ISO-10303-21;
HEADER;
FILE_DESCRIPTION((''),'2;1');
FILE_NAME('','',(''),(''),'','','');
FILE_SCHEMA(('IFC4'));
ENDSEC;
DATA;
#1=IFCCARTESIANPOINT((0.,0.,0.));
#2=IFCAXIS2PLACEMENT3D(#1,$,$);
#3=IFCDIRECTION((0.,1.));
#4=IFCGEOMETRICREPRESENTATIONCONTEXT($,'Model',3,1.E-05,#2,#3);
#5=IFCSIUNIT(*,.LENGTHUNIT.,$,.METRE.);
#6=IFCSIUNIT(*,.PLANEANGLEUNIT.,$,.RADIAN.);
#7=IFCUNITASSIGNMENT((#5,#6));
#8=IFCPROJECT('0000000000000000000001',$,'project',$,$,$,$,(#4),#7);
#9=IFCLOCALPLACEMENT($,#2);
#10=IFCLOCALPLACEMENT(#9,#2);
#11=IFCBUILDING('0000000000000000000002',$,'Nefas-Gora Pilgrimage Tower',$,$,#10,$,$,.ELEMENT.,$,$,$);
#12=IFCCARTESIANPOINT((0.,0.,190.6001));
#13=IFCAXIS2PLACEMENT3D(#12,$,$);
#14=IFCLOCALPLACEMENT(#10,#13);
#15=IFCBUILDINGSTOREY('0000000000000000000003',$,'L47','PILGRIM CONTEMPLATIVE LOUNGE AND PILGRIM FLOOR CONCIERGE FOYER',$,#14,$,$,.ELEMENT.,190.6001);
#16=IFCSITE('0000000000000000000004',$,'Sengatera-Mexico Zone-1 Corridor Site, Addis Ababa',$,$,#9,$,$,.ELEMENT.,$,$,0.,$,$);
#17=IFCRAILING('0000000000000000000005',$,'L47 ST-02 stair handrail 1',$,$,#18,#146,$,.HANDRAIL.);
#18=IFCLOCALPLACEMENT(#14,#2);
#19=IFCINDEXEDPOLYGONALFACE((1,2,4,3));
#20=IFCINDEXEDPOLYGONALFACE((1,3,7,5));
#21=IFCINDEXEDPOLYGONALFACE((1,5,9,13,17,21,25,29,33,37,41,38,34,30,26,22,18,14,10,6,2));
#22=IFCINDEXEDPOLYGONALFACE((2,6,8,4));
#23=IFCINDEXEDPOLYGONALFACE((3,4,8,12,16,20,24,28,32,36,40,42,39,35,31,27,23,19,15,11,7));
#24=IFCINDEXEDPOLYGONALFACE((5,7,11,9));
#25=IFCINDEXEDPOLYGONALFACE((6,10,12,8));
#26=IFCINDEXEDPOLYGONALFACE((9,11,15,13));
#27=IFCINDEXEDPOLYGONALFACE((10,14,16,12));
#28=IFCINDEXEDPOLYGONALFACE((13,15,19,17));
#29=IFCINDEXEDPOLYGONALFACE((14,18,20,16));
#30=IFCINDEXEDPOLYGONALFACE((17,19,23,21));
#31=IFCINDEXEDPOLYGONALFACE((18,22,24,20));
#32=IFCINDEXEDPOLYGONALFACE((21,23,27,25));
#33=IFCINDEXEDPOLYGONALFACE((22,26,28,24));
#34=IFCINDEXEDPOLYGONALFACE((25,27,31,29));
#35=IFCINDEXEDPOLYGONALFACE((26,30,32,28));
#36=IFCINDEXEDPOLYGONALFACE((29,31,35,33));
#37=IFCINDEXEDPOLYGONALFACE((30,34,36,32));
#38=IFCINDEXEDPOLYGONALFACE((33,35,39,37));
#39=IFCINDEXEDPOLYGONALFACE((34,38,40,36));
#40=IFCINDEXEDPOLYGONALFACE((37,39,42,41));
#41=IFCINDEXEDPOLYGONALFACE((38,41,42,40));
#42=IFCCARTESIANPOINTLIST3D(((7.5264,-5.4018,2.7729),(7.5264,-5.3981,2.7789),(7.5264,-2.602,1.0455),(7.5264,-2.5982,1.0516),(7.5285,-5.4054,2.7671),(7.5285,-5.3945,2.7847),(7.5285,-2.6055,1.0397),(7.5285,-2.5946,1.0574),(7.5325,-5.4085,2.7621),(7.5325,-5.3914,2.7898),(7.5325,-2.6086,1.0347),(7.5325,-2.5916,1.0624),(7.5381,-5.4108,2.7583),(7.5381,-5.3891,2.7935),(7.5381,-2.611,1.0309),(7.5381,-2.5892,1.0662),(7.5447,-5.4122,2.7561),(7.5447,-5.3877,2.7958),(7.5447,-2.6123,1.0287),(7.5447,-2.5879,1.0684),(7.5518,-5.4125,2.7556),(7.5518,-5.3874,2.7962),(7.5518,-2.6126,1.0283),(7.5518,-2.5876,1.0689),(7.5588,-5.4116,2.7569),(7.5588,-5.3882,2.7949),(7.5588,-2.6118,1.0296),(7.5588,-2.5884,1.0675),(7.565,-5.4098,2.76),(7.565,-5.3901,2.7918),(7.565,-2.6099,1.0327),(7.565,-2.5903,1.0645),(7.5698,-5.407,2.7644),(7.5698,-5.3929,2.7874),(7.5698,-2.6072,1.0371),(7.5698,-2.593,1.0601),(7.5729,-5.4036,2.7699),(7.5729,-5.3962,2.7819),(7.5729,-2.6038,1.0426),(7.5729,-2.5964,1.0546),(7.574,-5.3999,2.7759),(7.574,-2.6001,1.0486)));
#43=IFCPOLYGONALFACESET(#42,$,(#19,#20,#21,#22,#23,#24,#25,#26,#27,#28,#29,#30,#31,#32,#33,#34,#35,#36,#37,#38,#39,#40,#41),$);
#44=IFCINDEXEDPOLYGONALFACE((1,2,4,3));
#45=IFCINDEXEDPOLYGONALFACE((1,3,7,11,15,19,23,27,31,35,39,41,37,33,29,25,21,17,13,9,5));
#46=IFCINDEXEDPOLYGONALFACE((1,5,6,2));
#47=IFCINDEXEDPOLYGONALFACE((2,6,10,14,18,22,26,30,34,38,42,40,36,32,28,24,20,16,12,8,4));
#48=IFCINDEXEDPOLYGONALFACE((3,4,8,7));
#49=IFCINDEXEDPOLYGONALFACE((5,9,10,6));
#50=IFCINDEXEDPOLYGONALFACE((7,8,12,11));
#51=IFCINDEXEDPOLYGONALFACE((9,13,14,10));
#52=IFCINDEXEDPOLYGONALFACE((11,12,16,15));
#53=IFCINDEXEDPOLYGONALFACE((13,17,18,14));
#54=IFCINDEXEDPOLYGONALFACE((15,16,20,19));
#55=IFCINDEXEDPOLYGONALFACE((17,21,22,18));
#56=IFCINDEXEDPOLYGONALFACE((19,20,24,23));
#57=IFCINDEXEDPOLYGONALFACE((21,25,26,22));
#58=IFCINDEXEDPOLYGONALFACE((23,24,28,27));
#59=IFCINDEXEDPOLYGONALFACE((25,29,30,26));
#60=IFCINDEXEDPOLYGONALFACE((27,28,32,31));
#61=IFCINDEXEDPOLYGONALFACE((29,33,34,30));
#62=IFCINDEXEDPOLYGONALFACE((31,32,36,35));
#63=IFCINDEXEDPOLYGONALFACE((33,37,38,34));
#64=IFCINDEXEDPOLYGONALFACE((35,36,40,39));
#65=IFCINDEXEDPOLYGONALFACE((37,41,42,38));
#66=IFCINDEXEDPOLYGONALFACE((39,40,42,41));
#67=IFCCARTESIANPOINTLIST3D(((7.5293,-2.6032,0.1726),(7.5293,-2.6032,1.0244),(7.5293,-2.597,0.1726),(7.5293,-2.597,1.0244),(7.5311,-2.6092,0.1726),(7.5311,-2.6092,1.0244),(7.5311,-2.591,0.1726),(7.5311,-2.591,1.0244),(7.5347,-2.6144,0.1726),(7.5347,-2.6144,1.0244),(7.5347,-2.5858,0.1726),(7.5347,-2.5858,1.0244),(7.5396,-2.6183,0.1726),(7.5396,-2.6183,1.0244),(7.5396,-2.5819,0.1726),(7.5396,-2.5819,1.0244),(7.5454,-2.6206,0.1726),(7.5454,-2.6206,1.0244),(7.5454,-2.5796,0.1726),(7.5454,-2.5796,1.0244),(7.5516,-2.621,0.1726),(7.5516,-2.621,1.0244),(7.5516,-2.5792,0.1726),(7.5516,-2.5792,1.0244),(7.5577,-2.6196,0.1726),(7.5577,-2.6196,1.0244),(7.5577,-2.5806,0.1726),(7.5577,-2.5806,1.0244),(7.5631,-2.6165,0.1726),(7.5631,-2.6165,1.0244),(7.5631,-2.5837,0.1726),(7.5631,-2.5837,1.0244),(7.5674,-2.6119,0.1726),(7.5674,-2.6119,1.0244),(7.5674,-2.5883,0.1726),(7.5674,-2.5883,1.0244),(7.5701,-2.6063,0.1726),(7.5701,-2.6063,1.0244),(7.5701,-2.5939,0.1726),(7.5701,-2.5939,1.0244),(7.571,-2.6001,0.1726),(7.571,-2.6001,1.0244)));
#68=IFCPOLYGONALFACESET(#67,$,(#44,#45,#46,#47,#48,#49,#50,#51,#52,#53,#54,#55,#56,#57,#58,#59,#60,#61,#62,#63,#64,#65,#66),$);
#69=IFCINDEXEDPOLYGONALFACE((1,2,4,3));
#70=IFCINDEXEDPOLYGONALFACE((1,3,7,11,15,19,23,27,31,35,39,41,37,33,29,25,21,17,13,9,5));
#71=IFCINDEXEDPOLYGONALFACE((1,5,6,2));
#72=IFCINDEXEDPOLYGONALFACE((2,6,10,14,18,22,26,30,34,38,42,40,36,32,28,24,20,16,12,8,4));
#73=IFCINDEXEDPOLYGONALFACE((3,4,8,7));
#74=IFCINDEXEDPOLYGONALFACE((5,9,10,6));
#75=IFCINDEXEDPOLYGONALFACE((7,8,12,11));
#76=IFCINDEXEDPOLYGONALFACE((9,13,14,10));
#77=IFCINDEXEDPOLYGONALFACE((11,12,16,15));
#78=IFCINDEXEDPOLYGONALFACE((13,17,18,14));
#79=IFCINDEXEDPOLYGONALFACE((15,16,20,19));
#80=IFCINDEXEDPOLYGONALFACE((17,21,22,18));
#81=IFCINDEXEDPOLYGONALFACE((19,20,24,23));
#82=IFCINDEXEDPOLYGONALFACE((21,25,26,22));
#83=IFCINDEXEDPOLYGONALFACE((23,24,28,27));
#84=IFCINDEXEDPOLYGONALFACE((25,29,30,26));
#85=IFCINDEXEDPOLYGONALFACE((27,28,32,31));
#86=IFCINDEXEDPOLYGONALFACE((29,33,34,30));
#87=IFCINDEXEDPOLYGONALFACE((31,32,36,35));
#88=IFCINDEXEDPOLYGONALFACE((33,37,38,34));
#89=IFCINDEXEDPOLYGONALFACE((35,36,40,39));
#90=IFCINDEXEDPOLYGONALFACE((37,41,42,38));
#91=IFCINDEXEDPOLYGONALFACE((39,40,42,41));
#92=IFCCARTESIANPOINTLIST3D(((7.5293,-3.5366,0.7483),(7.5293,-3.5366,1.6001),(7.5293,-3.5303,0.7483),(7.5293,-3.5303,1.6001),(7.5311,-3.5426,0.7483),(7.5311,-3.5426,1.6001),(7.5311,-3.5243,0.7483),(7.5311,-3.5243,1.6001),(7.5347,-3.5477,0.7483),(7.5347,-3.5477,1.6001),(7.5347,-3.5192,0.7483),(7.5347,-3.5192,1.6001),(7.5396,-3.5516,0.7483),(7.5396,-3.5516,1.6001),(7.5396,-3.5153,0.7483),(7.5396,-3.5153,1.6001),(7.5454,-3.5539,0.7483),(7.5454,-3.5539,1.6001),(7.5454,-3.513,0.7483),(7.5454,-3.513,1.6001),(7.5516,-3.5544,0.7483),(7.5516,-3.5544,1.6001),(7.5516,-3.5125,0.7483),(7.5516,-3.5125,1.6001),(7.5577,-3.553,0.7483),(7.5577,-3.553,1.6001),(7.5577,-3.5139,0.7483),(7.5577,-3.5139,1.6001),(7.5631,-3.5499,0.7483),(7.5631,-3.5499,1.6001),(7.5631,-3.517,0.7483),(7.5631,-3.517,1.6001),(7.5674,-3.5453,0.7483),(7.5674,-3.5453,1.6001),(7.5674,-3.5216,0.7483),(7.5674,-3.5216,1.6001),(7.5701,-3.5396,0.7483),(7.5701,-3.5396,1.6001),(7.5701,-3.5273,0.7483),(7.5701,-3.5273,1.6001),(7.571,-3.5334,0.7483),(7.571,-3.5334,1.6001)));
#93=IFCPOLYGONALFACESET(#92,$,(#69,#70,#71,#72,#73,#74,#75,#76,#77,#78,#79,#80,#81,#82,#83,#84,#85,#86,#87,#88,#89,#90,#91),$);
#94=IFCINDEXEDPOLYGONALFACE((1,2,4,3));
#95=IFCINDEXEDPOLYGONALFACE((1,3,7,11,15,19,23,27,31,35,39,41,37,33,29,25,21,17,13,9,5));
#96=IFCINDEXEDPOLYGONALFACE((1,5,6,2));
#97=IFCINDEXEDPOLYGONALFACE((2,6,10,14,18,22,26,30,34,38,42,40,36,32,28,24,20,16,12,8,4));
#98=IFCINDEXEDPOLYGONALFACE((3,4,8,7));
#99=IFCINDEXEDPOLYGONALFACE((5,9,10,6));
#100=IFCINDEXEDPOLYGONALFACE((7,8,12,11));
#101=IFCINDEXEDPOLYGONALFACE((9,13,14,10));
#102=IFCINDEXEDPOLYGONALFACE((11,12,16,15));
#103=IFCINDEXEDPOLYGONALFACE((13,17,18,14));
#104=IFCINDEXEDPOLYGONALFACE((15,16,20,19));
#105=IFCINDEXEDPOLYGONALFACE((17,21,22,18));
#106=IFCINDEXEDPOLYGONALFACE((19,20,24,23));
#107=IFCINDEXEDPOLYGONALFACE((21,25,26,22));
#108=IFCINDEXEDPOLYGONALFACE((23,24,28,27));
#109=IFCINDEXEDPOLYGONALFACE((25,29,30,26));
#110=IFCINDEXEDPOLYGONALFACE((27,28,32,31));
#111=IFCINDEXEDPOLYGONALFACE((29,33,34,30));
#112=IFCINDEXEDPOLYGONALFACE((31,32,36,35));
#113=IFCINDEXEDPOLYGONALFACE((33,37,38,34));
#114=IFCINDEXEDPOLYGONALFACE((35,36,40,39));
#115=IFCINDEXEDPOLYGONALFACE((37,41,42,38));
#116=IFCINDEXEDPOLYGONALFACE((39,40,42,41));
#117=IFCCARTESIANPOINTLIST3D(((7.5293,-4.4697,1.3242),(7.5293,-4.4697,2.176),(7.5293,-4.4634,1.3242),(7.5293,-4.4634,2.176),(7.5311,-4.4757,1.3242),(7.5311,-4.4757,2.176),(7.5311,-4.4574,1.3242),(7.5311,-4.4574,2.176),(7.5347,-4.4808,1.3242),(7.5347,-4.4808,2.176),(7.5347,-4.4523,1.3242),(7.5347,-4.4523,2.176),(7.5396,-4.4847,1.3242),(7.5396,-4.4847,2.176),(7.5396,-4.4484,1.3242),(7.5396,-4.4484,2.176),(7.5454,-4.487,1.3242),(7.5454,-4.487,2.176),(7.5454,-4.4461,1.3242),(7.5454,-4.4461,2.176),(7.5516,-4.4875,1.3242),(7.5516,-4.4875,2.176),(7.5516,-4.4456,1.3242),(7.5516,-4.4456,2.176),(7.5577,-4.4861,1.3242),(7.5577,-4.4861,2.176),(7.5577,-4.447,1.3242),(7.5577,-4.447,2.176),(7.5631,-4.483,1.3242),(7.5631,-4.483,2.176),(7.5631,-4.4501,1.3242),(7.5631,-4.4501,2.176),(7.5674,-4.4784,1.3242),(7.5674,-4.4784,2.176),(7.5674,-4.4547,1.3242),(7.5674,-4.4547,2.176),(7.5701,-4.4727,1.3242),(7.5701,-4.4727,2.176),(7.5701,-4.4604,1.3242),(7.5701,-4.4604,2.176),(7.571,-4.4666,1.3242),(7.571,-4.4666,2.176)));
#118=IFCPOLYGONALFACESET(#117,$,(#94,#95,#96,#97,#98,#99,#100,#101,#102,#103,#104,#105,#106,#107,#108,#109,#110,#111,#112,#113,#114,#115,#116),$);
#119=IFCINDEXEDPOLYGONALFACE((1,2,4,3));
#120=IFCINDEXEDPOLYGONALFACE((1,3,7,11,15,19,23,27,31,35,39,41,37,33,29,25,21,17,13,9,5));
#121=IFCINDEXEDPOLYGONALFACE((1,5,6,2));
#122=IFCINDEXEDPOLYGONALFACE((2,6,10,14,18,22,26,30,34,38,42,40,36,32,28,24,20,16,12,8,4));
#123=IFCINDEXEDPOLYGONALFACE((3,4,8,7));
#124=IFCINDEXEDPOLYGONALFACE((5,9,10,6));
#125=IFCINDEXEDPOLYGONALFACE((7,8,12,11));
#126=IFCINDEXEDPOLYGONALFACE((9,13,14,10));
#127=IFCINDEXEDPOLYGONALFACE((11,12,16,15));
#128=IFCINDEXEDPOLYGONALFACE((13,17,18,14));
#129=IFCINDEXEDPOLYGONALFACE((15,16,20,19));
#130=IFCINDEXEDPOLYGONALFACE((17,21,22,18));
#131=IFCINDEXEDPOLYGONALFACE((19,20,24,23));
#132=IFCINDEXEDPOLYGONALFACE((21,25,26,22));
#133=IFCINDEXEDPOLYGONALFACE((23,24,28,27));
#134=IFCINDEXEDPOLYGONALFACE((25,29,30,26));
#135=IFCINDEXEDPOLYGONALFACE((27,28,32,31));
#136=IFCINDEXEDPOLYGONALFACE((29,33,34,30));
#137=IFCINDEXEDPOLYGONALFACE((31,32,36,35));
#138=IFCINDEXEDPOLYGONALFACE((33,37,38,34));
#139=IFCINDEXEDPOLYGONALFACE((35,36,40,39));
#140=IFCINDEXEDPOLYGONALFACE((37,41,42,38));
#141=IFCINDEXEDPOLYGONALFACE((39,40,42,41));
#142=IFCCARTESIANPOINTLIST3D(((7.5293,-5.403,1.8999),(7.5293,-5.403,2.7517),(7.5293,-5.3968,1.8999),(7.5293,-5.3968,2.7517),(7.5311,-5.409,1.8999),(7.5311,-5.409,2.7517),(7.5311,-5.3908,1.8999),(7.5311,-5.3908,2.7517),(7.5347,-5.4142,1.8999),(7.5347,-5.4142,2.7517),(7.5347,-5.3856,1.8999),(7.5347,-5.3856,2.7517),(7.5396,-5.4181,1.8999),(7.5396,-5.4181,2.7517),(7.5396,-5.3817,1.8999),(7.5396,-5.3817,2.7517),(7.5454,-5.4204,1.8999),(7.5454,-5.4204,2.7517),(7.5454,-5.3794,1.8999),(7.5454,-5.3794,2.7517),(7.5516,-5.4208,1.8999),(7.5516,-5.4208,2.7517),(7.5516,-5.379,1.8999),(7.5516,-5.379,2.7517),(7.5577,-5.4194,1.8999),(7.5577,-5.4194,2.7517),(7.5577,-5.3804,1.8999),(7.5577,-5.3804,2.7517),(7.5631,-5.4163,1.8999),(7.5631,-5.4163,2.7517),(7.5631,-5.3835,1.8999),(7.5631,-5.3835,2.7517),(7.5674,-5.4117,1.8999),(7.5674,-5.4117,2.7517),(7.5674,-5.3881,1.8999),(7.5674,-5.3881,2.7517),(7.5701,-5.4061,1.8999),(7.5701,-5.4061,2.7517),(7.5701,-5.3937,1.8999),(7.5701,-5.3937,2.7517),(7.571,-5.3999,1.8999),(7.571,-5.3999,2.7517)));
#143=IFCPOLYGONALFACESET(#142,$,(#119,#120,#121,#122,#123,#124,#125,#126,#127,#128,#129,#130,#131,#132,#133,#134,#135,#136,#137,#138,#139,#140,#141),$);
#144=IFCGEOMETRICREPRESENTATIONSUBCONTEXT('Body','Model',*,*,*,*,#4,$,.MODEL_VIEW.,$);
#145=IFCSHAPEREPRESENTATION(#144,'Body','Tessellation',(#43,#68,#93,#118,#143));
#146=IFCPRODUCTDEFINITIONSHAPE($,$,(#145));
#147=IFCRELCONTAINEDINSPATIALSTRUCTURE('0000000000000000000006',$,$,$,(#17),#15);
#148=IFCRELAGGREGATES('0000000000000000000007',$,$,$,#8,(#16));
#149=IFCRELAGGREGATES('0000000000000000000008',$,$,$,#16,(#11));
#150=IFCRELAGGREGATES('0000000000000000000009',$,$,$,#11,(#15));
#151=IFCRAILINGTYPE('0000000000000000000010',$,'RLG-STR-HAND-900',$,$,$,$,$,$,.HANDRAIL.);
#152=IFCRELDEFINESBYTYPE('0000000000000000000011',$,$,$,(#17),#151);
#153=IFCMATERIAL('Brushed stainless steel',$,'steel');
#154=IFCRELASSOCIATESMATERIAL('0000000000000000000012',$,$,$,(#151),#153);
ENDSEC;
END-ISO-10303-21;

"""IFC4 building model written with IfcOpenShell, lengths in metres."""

from ifc_helpers import new_model, si_unit, direction, frame, origin, origin_2d, place, context, subcontext, project, spatial, circle, extrude, material, type_object, element, save


model = new_model("IFC4")

# Units and contexts
model_context = context("Model", 3, precision=1e-05, world=origin(), true_north=direction((0.0, 1.0)))
body_context = subcontext(model_context, "Body", "Model", "MODEL_VIEW")
ifc_project = project(units=[si_unit("LENGTHUNIT", "METRE"), si_unit("PLANEANGLEUNIT", "RADIAN")], contexts=[model_context])

# Site, building, storey
site_placement = place(None, origin())
site = spatial("IfcSite", under=ifc_project, at=site_placement, Name="Sengatera-Mexico Zone-1 Corridor Site, Addis Ababa", CompositionType="ELEMENT", RefElevation=0.0)
building_placement = place(site_placement, origin())
building = spatial("IfcBuilding", under=site, at=building_placement, Name="Nefas-Gora Pilgrimage Tower", CompositionType="ELEMENT")
storey_placement = place(building_placement, frame((0.0, 0.0, 190.6001)))
storey = spatial("IfcBuildingStorey", under=building, at=storey_placement, Name="L47", Description="PILGRIM CONTEMPLATIVE LOUNGE AND PILGRIM FLOOR CONCIERGE FOYER", CompositionType="ELEMENT", Elevation=190.6001)

# Railing
ifc_material_1 = material(Name="Brushed stainless steel", Category="steel")
railing_type_1 = type_object("IfcRailingType", Name="RLG-STR-HAND-900", PredefinedType="HANDRAIL", material=ifc_material_1)
railing_1_placement = place(storey_placement, frame((7.55, -2.6001, 0.1726)))
element("IfcRailing", 1, at=railing_1_placement, inside=storey, type_object=railing_type_1, Name="L47 ST-02 stair handrail 1", PredefinedType="HANDRAIL", context=body_context, shape_type="SweptSolid", body=[
    extrude(circle(Radius=0.0239, at=origin_2d()), frame((0.0, 0.0, 0.876), z_axis=(0.0, -0.851069, 0.525054), x_axis=(1.0, 0.0, 0.0)), (0.0, 0.0, 1.0), 3.2898),
    extrude(circle(Radius=0.021, at=origin_2d()), origin(), (0.0, 0.0, 1.0), 0.8518),
    extrude(circle(Radius=0.021, at=origin_2d()), frame((0.0, -0.9333, 0.5757)), (0.0, 0.0, 1.0), 0.8518),
    extrude(circle(Radius=0.021, at=origin_2d()), frame((0.0, -1.8665, 1.1516)), (0.0, 0.0, 1.0), 0.8518),
    extrude(circle(Radius=0.021, at=origin_2d()), frame((0.0, -2.7998, 1.7273)), (0.0, 0.0, 1.0), 0.8518),
])

save(model, "model.ifc")
